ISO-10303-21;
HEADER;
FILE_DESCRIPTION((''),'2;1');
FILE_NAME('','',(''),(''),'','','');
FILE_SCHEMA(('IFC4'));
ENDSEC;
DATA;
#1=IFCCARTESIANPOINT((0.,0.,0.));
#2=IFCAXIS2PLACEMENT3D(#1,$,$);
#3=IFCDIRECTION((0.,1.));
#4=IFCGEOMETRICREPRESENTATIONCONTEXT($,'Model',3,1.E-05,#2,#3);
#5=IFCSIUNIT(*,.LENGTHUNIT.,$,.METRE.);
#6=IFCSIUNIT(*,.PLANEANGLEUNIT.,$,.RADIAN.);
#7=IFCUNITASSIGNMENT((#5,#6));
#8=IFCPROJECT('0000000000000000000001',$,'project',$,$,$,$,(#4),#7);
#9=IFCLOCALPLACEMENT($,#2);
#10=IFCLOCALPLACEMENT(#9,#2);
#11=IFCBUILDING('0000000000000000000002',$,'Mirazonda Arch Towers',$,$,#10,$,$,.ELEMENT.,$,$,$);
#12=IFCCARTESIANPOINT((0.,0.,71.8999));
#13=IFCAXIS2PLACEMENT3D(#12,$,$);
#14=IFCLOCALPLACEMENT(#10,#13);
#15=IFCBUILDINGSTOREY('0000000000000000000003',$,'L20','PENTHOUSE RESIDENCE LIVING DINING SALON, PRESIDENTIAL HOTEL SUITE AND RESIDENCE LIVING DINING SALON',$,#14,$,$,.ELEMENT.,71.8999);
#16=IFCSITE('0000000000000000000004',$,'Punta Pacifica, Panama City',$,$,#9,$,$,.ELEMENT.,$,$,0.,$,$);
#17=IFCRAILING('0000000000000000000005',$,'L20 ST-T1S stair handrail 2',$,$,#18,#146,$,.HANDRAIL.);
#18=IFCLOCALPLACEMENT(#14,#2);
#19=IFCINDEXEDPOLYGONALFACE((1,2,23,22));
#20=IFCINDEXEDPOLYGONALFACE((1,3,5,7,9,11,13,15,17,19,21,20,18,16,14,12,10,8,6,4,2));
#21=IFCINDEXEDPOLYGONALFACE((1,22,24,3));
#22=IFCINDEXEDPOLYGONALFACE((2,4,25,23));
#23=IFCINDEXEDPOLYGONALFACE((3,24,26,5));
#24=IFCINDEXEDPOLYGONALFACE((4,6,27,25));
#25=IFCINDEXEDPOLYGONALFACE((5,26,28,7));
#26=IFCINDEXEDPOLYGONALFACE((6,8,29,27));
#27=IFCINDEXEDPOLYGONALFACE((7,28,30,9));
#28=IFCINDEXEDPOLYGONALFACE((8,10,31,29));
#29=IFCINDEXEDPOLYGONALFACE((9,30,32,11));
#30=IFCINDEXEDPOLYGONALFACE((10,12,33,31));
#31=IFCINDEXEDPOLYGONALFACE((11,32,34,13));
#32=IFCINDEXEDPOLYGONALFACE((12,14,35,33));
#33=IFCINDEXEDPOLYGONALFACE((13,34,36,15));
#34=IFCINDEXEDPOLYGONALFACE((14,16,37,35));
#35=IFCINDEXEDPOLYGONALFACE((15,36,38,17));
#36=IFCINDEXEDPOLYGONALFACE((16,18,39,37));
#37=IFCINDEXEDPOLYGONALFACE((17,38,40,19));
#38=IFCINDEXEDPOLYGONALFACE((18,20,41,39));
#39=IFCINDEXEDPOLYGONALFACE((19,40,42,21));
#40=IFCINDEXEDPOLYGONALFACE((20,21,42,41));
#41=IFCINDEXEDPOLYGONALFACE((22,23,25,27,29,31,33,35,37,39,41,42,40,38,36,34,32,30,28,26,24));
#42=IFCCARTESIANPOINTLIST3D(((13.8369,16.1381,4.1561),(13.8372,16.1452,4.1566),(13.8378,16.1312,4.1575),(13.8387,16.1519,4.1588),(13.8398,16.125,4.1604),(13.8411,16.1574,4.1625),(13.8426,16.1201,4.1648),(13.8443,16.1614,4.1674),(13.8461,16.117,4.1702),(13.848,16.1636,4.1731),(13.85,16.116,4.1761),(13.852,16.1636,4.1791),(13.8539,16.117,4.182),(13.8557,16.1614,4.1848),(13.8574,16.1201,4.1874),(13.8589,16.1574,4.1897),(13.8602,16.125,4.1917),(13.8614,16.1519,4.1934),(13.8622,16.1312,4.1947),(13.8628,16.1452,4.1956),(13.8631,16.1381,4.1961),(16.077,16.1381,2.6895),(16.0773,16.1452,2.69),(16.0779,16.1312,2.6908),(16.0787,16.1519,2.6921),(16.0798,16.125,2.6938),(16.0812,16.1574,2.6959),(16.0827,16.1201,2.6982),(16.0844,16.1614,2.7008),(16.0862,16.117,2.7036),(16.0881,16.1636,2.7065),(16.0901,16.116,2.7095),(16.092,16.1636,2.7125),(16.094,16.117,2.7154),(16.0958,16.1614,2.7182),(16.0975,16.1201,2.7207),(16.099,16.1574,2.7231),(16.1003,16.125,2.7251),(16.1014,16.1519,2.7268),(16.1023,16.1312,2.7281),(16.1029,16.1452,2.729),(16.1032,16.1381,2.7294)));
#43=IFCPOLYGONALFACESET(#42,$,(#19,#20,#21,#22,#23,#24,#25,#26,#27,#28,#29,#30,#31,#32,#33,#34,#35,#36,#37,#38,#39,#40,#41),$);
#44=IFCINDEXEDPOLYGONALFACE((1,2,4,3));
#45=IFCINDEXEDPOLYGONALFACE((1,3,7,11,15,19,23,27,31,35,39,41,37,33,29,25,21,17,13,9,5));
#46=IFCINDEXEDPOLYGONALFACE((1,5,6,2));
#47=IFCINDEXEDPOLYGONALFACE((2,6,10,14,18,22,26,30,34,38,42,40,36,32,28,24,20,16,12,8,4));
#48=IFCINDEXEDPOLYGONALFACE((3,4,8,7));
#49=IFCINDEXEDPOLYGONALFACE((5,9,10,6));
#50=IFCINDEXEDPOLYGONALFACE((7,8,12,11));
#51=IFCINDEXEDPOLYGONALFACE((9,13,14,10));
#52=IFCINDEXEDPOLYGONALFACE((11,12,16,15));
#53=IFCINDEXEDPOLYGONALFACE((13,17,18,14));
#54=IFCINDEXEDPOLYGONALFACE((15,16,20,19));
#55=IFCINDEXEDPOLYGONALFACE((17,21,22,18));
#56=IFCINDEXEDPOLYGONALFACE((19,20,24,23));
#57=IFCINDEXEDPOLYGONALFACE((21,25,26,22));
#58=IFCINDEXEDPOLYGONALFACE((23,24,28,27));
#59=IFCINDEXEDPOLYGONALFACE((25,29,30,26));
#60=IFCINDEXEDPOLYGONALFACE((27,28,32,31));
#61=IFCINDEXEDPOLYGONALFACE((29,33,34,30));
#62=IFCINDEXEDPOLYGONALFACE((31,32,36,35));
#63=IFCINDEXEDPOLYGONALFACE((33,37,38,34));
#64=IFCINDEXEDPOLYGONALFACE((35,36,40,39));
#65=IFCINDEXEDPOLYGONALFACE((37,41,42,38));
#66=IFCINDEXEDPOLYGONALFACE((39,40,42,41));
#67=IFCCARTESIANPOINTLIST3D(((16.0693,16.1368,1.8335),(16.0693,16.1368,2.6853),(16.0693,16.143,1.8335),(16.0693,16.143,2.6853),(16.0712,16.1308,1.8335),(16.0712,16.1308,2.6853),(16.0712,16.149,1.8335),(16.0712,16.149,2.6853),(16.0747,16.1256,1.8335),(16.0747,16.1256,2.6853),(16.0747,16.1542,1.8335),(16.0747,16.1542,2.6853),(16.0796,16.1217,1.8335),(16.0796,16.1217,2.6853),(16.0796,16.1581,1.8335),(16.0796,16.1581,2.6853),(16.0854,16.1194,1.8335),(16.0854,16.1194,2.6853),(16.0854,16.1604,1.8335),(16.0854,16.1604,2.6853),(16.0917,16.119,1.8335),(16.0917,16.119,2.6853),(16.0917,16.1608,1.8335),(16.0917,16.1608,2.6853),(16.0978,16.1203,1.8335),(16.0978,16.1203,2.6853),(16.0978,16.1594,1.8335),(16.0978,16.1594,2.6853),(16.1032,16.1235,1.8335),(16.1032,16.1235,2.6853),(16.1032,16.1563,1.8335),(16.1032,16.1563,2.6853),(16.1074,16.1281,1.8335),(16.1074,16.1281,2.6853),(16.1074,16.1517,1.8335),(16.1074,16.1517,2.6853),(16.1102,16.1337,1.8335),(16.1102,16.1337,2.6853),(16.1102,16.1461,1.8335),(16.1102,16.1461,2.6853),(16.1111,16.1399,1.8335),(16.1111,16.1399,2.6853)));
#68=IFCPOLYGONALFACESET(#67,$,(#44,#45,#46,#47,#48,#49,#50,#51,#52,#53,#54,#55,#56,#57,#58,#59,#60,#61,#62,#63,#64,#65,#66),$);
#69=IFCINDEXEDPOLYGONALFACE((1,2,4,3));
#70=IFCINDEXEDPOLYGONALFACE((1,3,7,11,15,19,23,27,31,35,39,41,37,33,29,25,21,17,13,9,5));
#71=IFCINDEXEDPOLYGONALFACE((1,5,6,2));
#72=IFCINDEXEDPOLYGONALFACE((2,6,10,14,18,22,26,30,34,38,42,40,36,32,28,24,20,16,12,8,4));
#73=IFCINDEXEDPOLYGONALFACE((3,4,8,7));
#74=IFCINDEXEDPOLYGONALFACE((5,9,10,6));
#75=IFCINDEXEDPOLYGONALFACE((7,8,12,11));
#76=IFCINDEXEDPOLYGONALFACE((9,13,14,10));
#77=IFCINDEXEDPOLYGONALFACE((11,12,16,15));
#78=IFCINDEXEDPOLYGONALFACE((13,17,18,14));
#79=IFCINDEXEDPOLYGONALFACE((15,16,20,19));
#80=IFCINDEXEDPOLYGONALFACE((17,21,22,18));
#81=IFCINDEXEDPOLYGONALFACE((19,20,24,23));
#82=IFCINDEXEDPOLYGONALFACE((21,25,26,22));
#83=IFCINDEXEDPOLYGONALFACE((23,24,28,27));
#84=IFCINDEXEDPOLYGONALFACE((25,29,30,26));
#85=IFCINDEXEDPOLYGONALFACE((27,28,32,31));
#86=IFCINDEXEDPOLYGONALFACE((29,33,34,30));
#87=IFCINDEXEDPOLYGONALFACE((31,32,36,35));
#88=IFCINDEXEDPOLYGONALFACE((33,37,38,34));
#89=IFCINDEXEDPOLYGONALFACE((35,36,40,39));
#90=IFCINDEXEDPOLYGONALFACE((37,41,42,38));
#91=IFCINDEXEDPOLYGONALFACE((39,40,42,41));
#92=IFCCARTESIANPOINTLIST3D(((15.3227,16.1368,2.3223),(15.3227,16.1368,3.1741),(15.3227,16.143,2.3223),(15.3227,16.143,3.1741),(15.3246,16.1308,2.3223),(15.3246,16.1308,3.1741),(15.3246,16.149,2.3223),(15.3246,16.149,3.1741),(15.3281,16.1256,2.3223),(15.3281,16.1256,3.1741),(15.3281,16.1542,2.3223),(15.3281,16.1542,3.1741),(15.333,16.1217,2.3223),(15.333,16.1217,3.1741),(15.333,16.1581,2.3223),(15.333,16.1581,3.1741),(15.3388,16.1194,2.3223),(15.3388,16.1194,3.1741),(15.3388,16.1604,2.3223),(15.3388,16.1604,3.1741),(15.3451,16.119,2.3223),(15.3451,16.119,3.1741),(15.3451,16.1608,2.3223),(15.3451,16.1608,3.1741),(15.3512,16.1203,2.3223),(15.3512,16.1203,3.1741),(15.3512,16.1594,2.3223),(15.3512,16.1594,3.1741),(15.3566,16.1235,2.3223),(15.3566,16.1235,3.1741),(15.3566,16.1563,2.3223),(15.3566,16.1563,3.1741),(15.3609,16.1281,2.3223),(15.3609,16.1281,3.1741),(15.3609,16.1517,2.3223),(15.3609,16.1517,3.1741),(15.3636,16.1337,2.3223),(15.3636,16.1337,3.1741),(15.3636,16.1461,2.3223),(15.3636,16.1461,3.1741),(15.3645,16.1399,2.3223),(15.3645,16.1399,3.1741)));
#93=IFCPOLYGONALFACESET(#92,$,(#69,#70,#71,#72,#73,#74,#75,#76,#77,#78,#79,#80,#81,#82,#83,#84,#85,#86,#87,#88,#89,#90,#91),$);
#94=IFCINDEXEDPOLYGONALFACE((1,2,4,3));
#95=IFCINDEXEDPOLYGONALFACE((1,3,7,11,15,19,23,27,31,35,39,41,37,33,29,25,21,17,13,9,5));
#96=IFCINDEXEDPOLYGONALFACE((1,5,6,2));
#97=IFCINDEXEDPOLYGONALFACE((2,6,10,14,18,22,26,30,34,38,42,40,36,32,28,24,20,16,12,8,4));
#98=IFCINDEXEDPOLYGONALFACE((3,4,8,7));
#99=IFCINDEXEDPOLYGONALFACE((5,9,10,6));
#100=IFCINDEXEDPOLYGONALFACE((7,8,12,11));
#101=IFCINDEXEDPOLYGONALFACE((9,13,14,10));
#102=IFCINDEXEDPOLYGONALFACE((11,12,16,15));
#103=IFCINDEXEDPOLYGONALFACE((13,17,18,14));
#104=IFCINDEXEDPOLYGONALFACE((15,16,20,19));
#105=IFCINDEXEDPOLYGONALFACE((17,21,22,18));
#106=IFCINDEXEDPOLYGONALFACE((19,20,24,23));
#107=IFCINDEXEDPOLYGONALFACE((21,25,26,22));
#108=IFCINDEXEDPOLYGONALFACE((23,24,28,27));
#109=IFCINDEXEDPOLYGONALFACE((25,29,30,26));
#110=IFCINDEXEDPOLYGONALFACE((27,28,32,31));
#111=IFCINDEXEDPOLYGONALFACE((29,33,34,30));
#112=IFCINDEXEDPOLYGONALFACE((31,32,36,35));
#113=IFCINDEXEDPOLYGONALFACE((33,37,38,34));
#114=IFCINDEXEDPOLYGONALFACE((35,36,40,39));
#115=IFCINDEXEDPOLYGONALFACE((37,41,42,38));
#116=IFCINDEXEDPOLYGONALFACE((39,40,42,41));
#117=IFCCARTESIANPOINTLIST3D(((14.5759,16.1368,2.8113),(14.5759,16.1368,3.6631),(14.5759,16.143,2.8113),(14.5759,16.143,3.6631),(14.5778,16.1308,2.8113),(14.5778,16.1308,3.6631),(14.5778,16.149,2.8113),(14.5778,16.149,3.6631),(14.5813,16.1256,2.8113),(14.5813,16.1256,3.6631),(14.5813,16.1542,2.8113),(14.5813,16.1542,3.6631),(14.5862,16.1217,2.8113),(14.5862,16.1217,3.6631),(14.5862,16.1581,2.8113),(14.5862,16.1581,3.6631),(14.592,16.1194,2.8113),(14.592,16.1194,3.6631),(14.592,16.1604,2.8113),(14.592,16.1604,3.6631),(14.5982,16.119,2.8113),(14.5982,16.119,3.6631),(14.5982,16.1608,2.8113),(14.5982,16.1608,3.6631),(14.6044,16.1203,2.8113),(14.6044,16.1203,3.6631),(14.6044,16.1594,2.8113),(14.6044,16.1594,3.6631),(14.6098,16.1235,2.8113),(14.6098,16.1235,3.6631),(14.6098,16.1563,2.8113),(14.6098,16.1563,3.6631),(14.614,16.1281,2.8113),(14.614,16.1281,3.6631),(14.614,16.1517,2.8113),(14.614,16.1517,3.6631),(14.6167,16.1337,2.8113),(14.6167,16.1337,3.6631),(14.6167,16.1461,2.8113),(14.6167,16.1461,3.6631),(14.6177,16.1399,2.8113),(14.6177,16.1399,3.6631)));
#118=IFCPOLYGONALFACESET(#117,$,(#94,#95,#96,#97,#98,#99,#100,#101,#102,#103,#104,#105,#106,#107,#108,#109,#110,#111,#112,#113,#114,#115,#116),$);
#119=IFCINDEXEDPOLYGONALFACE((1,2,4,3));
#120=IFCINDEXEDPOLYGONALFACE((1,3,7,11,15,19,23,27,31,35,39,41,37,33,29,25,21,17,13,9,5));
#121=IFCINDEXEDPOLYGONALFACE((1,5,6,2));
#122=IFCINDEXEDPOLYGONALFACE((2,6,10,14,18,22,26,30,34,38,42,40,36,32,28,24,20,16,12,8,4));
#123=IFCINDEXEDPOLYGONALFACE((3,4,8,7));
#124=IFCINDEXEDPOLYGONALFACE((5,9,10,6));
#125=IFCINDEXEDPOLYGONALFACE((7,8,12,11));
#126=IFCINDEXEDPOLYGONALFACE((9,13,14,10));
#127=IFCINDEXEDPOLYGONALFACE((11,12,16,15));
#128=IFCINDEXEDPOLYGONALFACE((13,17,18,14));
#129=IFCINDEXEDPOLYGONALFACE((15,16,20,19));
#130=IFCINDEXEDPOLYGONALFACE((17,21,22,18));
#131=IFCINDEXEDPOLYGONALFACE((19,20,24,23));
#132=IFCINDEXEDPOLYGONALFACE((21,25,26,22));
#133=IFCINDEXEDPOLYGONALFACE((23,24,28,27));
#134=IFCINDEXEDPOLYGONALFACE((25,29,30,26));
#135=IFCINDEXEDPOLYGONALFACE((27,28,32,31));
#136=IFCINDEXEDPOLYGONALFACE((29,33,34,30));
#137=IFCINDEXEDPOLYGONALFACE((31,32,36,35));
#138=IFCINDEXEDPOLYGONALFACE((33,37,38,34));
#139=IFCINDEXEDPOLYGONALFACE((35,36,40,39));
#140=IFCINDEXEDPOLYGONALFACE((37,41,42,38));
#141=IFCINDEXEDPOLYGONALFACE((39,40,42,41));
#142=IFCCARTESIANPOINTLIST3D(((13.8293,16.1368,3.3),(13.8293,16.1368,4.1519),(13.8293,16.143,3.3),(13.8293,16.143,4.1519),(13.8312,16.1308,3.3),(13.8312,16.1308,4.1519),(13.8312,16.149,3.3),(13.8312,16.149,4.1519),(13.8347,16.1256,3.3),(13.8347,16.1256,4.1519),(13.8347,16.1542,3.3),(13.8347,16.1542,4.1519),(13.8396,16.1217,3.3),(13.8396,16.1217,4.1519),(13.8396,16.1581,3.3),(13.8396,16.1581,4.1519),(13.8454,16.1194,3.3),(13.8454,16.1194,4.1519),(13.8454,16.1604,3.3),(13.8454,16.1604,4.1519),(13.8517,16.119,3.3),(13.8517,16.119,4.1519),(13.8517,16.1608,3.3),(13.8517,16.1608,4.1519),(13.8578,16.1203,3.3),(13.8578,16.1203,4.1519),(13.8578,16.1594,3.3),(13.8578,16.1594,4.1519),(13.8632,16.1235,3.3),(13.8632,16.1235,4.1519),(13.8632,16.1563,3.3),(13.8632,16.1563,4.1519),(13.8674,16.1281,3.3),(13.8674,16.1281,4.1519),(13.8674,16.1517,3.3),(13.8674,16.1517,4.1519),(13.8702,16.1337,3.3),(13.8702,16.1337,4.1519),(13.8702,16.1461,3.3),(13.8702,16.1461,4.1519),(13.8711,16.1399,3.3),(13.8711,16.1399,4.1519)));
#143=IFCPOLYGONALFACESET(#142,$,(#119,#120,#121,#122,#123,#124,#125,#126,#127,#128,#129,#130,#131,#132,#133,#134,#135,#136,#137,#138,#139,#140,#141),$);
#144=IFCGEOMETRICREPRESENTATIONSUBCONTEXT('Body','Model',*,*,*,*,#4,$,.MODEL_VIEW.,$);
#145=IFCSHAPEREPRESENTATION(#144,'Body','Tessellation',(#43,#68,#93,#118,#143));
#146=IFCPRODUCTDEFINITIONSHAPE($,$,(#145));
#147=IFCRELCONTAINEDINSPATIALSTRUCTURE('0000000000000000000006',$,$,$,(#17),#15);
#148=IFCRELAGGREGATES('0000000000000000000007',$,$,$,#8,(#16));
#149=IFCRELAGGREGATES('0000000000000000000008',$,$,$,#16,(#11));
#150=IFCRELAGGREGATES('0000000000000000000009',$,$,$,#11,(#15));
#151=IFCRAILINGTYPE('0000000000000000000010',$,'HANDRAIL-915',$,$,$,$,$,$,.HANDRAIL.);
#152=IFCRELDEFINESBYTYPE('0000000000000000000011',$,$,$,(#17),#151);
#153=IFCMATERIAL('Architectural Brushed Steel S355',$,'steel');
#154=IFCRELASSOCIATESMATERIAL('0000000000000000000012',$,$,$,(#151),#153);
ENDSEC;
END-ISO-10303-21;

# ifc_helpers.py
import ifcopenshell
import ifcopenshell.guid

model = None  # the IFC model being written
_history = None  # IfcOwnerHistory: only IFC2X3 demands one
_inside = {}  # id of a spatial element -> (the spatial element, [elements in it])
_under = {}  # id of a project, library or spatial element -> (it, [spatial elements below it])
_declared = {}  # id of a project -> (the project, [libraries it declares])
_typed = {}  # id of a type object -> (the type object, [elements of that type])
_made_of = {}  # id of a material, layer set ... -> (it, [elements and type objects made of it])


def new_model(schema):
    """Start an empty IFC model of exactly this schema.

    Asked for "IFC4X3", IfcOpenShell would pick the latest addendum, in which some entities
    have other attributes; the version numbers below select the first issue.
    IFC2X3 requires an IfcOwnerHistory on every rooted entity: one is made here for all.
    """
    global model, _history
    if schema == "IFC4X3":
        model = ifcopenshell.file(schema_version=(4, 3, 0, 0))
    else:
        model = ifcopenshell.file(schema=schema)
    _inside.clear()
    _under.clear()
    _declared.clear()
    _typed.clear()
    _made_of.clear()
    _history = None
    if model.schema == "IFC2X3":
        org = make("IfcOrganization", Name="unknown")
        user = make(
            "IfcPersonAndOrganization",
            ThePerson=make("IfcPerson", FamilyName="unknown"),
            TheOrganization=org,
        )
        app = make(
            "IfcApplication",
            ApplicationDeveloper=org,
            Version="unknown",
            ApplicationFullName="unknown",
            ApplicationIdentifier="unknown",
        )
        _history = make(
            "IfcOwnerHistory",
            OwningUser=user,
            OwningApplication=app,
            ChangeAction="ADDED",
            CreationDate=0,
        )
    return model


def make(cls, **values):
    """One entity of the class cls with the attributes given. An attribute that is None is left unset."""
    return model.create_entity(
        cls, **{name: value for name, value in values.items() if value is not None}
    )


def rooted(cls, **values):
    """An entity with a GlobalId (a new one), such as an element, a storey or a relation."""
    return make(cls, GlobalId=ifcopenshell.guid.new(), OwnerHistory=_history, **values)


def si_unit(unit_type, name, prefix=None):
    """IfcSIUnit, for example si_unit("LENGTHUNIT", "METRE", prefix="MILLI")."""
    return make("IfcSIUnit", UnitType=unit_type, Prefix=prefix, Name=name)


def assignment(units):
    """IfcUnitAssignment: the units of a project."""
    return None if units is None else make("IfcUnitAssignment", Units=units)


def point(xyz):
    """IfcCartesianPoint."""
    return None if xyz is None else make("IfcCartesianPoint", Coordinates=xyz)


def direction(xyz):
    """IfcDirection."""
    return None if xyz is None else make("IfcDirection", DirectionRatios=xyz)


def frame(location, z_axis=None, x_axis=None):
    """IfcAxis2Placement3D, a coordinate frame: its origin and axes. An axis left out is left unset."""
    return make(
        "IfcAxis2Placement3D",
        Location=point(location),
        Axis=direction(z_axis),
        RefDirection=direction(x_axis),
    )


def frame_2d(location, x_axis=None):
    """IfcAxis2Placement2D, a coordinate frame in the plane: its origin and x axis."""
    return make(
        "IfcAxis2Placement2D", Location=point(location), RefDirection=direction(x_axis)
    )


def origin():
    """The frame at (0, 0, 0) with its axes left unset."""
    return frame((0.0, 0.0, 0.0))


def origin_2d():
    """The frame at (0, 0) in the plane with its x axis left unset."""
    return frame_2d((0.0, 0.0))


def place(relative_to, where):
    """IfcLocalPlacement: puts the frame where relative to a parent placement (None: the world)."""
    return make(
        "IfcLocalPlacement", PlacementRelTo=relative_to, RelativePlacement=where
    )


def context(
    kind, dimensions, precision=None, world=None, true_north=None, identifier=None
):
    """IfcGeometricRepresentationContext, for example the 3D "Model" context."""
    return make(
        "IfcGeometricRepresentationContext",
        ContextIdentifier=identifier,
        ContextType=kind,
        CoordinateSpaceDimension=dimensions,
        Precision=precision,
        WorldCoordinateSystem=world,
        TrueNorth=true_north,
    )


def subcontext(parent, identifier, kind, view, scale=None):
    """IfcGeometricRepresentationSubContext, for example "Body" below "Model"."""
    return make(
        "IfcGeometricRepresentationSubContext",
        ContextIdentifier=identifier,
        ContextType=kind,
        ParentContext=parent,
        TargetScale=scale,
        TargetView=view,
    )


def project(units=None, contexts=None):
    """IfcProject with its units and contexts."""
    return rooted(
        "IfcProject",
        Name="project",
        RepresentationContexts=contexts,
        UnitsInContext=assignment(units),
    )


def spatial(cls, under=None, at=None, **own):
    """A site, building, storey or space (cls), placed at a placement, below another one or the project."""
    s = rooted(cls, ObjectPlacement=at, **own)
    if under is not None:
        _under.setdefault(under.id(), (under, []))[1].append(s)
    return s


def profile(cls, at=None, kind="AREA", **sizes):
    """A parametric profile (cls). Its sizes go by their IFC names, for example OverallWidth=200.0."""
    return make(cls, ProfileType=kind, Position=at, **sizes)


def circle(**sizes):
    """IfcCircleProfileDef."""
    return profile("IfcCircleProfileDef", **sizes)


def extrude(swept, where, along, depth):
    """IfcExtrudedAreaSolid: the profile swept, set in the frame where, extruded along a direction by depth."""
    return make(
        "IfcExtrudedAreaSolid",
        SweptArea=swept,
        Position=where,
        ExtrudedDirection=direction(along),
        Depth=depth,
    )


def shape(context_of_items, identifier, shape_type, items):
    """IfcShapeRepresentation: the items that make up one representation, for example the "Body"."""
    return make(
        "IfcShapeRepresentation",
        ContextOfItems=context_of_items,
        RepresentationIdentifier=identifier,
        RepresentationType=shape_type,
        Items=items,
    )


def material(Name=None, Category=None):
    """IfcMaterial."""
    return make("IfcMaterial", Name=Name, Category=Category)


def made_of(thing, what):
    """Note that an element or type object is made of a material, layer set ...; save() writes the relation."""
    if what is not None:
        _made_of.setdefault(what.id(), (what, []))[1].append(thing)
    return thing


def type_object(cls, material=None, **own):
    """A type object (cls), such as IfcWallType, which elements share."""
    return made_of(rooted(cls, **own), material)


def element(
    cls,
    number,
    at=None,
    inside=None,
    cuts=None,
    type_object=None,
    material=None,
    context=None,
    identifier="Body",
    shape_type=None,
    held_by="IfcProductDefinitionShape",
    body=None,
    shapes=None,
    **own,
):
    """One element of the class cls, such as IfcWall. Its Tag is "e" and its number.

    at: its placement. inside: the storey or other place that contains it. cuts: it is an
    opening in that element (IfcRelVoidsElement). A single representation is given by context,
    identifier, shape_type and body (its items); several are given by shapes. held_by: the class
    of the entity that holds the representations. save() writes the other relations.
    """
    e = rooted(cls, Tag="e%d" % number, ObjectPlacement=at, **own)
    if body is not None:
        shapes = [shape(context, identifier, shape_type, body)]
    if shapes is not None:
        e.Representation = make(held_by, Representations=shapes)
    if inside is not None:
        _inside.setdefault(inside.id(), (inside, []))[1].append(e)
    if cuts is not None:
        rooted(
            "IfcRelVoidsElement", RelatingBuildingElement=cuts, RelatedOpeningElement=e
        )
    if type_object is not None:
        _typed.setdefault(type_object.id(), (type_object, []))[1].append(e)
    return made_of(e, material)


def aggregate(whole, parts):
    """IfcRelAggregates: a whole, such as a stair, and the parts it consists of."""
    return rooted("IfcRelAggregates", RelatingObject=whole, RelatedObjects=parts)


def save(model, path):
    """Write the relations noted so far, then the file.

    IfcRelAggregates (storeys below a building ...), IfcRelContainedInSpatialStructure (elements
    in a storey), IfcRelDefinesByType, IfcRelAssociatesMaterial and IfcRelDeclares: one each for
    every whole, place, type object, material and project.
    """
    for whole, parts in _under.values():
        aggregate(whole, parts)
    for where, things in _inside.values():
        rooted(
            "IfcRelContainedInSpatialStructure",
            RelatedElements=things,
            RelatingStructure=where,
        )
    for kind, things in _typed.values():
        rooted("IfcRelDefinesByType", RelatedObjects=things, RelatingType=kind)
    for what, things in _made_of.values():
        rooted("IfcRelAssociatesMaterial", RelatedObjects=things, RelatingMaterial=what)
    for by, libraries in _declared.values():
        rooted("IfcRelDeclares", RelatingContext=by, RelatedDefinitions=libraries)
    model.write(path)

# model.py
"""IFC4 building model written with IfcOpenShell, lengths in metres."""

from ifc_helpers import new_model, si_unit, direction, frame, origin, origin_2d, place, context, subcontext, project, spatial, circle, extrude, material, type_object, element, save


model = new_model("IFC4")

# Units and contexts
model_context = context("Model", 3, precision=1e-05, world=origin(), true_north=direction((0.0, 1.0)))
body_context = subcontext(model_context, "Body", "Model", "MODEL_VIEW")
ifc_project = project(units=[si_unit("LENGTHUNIT", "METRE"), si_unit("PLANEANGLEUNIT", "RADIAN")], contexts=[model_context])

# Site, building, storey
site_placement = place(None, origin())
site = spatial("IfcSite", under=ifc_project, at=site_placement, Name="Punta Pacifica, Panama City", CompositionType="ELEMENT", RefElevation=0.0)
building_placement = place(site_placement, origin())
building = spatial("IfcBuilding", under=site, at=building_placement, Name="Mirazonda Arch Towers", CompositionType="ELEMENT")
storey_placement = place(building_placement, frame((0.0, 0.0, 71.8999)))
storey = spatial("IfcBuildingStorey", under=building, at=storey_placement, Name="L20", Description="PENTHOUSE RESIDENCE LIVING DINING SALON, PRESIDENTIAL HOTEL SUITE AND RESIDENCE LIVING DINING SALON", CompositionType="ELEMENT", Elevation=71.8999)

# Railing
ifc_material_1 = material(Name="Architectural Brushed Steel S355", Category="steel")
railing_type_1 = type_object("IfcRailingType", Name="HANDRAIL-915", PredefinedType="HANDRAIL", material=ifc_material_1)
railing_1_placement = place(storey_placement, frame((16.0901, 16.1399, 1.8335)))
element("IfcRailing", 1, at=railing_1_placement, inside=storey, type_object=railing_type_1, Name="L20 ST-T1S stair handrail 2", PredefinedType="HANDRAIL", context=body_context, shape_type="SweptSolid", body=[
    extrude(circle(Radius=0.0239, at=origin_2d()), frame((0.0, 0.0, 0.876), z_axis=(-0.836637, 0.0, 0.547758), x_axis=(0.0, -1.0, 0.0)), (0.0, 0.0, 1.0), 2.6775),
    extrude(circle(Radius=0.021, at=origin_2d()), origin(), (0.0, 0.0, 1.0), 0.8518),
    extrude(circle(Radius=0.021, at=origin_2d()), frame((-0.7466, 0.0, 0.4888)), (0.0, 0.0, 1.0), 0.8518),
    extrude(circle(Radius=0.021, at=origin_2d()), frame((-1.4934, 0.0, 0.9778)), (0.0, 0.0, 1.0), 0.8518),
    extrude(circle(Radius=0.021, at=origin_2d()), frame((-2.24, 0.0, 1.4666)), (0.0, 0.0, 1.0), 0.8518),
])

save(model, "model.ifc")
